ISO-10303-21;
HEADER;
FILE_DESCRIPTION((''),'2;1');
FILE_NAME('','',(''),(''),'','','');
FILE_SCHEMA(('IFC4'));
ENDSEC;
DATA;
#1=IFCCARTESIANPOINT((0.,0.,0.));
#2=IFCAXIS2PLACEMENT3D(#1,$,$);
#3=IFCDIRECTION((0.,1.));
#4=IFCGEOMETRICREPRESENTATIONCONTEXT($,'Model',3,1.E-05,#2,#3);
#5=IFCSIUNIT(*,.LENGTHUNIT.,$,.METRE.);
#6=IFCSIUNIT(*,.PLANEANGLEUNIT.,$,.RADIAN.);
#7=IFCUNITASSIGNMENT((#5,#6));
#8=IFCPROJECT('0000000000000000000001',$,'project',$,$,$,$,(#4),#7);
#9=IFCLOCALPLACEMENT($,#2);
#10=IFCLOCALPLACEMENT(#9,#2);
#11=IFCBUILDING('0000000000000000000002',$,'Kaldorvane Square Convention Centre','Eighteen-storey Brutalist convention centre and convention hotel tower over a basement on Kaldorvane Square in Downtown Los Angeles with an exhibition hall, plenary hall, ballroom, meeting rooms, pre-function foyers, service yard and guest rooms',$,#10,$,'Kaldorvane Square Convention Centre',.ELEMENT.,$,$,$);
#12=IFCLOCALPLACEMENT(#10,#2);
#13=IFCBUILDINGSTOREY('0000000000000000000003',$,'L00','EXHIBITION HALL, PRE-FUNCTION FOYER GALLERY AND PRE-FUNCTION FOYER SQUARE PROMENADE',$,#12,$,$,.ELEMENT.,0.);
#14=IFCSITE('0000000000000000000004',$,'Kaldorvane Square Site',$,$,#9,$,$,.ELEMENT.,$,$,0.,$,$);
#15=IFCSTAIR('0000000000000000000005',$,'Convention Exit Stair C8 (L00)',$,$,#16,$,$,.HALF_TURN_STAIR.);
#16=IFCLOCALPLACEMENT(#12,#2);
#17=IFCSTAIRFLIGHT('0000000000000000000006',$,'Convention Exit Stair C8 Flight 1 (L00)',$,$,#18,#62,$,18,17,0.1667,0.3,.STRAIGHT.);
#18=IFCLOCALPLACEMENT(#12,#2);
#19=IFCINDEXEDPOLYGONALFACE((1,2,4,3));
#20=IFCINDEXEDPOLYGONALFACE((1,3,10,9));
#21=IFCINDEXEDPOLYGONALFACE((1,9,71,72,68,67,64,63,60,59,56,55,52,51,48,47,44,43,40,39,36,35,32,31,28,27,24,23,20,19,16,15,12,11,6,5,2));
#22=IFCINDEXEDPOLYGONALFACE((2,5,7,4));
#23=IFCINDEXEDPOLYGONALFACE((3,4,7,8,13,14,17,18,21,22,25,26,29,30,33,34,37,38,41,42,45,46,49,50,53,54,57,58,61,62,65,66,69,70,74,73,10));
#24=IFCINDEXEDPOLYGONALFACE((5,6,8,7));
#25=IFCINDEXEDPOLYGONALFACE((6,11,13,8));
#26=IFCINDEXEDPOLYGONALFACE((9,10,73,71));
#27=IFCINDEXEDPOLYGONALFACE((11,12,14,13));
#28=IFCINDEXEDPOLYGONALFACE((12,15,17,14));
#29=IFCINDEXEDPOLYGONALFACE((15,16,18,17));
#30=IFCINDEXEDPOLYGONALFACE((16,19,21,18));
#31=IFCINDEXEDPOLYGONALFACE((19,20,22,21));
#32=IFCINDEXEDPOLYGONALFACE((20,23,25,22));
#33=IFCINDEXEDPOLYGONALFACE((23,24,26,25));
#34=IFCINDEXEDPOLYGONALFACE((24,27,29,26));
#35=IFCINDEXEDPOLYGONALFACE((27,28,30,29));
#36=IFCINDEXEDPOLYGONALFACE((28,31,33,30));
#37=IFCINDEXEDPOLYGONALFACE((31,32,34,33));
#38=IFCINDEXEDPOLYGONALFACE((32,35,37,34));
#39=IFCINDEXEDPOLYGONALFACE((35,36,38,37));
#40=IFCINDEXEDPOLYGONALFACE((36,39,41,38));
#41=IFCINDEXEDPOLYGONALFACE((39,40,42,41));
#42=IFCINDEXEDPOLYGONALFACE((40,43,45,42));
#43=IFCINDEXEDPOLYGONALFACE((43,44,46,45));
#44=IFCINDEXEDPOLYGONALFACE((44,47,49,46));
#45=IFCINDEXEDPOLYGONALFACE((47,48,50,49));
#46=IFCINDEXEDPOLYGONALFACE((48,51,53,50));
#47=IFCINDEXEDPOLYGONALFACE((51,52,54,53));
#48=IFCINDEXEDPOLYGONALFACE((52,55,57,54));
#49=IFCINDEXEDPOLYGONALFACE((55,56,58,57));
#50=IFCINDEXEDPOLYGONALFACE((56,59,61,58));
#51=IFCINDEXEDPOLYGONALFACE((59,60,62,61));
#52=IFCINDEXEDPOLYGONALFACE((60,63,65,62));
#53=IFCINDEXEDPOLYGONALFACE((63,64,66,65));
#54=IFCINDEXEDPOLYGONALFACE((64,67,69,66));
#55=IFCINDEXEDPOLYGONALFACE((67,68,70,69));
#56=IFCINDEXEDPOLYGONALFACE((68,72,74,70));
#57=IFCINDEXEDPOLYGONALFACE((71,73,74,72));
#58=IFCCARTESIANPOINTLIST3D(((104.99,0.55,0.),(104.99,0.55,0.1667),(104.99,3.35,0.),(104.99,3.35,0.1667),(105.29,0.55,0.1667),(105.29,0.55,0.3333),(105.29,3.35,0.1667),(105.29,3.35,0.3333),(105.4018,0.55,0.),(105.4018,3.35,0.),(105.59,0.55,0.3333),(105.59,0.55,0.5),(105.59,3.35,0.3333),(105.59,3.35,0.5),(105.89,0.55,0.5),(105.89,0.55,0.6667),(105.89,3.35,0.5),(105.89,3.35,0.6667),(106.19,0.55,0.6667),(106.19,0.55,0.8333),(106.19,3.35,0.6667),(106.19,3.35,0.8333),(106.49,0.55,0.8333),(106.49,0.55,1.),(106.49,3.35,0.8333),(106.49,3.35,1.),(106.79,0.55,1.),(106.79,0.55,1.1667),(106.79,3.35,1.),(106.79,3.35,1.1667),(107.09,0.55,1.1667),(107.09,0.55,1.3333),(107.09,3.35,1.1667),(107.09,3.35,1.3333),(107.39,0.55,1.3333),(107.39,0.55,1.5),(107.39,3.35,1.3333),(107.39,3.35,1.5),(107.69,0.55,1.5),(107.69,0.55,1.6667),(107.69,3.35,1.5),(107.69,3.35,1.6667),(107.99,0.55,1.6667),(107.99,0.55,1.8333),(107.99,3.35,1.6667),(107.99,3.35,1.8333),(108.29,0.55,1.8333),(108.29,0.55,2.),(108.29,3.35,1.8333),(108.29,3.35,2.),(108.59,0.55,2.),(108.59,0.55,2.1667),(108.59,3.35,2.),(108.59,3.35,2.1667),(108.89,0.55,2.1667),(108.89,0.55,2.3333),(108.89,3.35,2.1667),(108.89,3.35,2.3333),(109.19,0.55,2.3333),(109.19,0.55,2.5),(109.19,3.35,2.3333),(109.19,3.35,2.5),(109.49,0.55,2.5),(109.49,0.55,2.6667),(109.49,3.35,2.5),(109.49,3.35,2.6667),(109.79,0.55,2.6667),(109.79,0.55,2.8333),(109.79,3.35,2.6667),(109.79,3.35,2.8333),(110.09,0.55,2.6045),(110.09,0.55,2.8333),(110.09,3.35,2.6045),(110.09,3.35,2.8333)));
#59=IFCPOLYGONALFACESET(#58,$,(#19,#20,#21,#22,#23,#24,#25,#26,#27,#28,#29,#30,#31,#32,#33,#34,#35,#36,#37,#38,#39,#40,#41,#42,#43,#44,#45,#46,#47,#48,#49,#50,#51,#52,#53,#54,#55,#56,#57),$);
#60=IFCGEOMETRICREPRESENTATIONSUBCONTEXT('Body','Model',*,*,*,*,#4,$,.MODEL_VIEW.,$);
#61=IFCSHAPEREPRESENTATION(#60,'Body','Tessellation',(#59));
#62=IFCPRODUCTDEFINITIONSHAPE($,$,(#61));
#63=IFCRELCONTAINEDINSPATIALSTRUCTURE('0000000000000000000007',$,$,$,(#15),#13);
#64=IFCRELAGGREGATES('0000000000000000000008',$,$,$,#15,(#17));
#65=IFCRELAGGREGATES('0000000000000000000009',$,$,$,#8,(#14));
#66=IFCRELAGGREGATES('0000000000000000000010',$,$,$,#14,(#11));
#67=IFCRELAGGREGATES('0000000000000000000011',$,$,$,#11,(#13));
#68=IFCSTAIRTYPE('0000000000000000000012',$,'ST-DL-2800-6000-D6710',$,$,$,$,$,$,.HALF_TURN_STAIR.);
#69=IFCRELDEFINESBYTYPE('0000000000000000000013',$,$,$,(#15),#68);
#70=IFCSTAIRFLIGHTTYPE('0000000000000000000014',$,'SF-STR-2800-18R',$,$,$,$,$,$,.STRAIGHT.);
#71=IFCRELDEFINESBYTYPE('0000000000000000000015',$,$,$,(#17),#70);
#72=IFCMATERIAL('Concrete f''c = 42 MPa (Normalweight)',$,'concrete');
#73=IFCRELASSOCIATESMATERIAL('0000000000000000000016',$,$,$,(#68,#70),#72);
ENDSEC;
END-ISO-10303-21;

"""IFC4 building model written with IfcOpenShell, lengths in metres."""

from ifc_helpers import new_model, si_unit, direction, frame, origin, place, context, subcontext, project, spatial, polyline, outline, extrude, material, type_object, element, aggregate, save


model = new_model("IFC4")

# Units and contexts
model_context = context("Model", 3, precision=1e-05, world=origin(), true_north=direction((0.0, 1.0)))
body_context = subcontext(model_context, "Body", "Model", "MODEL_VIEW")
ifc_project = project(units=[si_unit("LENGTHUNIT", "METRE"), si_unit("PLANEANGLEUNIT", "RADIAN")], contexts=[model_context])

# Site, building, storey
site_placement = place(None, origin())
site = spatial("IfcSite", under=ifc_project, at=site_placement, Name="Kaldorvane Square Site", CompositionType="ELEMENT", RefElevation=0.0)
building_placement = place(site_placement, origin())
building = spatial("IfcBuilding", under=site, at=building_placement, Name="Kaldorvane Square Convention Centre", Description="Eighteen-storey Brutalist convention centre and convention hotel tower over a basement on Kaldorvane Square in Downtown Los Angeles with an exhibition hall, plenary hall, ballroom, meeting rooms, pre-function foyers, service yard and guest rooms", LongName="Kaldorvane Square Convention Centre", CompositionType="ELEMENT")
storey_placement = place(building_placement, origin())
storey = spatial("IfcBuildingStorey", under=building, at=storey_placement, Name="L00", Description="EXHIBITION HALL, PRE-FUNCTION FOYER GALLERY AND PRE-FUNCTION FOYER SQUARE PROMENADE", CompositionType="ELEMENT", Elevation=0.0)

# Shared definitions
ifc_material_1 = material(Name="Concrete f'c = 42 MPa (Normalweight)", Category="concrete")

# Stair, stair flight
stair_type = type_object("IfcStairType", Name="ST-DL-2800-6000-D6710", PredefinedType="HALF_TURN_STAIR", material=ifc_material_1)
stair_placement = place(storey_placement, origin())
stair = element("IfcStair", 1, at=stair_placement, inside=storey, type_object=stair_type, Name="Convention Exit Stair C8 (L00)", PredefinedType="HALF_TURN_STAIR")
stair_flight_type = type_object("IfcStairFlightType", Name="SF-STR-2800-18R", PredefinedType="STRAIGHT", material=ifc_material_1)
stair_flight_placement = place(storey_placement, frame((104.99, 1.95, 0.0), z_axis=(0.0, 0.0, 1.0), x_axis=(1.0, 0.0, 0.0)))
stair_flight = element("IfcStairFlight", 2, at=stair_flight_placement, type_object=stair_flight_type, Name="Convention Exit Stair C8 Flight 1 (L00)", NumberOfRisers=18, NumberOfTreads=17, PredefinedType="STRAIGHT", RiserHeight=0.1667, TreadLength=0.3, context=body_context, shape_type="SweptSolid", body=[
    extrude(outline(polyline([(0.0, 0.0), (0.0, 0.1667), (0.3, 0.1667), (0.3, 0.3333), (0.6, 0.3333), (0.6, 0.5), (0.9, 0.5), (0.9, 0.6667), (1.2, 0.6667), (1.2, 0.8333), (1.5, 0.8333), (1.5, 1.0), (1.8, 1.0), (1.8, 1.1667), (2.1, 1.1667), (2.1, 1.3333), (2.4, 1.3333), (2.4, 1.5), (2.7, 1.5), (2.7, 1.6667), (3.0, 1.6667), (3.0, 1.8333), (3.3, 1.8333), (3.3, 2.0), (3.6, 2.0), (3.6, 2.1667), (3.9, 2.1667), (3.9, 2.3333), (4.2, 2.3333), (4.2, 2.5), (4.5, 2.5), (4.5, 2.6667), (4.8, 2.6667), (4.8, 2.8333), (5.1, 2.8333), (5.1, 3.0), (5.1, 2.6045), (0.4118, 0.0), (0.0, 0.0)])), frame((0.0, 1.4, 0.0), z_axis=(0.0, -1.0, 0.0), x_axis=(1.0, 0.0, 0.0)), (0.0, 0.0, 1.0), 2.8),
])
aggregate(stair, [stair_flight])

save(model, "model.ifc")
